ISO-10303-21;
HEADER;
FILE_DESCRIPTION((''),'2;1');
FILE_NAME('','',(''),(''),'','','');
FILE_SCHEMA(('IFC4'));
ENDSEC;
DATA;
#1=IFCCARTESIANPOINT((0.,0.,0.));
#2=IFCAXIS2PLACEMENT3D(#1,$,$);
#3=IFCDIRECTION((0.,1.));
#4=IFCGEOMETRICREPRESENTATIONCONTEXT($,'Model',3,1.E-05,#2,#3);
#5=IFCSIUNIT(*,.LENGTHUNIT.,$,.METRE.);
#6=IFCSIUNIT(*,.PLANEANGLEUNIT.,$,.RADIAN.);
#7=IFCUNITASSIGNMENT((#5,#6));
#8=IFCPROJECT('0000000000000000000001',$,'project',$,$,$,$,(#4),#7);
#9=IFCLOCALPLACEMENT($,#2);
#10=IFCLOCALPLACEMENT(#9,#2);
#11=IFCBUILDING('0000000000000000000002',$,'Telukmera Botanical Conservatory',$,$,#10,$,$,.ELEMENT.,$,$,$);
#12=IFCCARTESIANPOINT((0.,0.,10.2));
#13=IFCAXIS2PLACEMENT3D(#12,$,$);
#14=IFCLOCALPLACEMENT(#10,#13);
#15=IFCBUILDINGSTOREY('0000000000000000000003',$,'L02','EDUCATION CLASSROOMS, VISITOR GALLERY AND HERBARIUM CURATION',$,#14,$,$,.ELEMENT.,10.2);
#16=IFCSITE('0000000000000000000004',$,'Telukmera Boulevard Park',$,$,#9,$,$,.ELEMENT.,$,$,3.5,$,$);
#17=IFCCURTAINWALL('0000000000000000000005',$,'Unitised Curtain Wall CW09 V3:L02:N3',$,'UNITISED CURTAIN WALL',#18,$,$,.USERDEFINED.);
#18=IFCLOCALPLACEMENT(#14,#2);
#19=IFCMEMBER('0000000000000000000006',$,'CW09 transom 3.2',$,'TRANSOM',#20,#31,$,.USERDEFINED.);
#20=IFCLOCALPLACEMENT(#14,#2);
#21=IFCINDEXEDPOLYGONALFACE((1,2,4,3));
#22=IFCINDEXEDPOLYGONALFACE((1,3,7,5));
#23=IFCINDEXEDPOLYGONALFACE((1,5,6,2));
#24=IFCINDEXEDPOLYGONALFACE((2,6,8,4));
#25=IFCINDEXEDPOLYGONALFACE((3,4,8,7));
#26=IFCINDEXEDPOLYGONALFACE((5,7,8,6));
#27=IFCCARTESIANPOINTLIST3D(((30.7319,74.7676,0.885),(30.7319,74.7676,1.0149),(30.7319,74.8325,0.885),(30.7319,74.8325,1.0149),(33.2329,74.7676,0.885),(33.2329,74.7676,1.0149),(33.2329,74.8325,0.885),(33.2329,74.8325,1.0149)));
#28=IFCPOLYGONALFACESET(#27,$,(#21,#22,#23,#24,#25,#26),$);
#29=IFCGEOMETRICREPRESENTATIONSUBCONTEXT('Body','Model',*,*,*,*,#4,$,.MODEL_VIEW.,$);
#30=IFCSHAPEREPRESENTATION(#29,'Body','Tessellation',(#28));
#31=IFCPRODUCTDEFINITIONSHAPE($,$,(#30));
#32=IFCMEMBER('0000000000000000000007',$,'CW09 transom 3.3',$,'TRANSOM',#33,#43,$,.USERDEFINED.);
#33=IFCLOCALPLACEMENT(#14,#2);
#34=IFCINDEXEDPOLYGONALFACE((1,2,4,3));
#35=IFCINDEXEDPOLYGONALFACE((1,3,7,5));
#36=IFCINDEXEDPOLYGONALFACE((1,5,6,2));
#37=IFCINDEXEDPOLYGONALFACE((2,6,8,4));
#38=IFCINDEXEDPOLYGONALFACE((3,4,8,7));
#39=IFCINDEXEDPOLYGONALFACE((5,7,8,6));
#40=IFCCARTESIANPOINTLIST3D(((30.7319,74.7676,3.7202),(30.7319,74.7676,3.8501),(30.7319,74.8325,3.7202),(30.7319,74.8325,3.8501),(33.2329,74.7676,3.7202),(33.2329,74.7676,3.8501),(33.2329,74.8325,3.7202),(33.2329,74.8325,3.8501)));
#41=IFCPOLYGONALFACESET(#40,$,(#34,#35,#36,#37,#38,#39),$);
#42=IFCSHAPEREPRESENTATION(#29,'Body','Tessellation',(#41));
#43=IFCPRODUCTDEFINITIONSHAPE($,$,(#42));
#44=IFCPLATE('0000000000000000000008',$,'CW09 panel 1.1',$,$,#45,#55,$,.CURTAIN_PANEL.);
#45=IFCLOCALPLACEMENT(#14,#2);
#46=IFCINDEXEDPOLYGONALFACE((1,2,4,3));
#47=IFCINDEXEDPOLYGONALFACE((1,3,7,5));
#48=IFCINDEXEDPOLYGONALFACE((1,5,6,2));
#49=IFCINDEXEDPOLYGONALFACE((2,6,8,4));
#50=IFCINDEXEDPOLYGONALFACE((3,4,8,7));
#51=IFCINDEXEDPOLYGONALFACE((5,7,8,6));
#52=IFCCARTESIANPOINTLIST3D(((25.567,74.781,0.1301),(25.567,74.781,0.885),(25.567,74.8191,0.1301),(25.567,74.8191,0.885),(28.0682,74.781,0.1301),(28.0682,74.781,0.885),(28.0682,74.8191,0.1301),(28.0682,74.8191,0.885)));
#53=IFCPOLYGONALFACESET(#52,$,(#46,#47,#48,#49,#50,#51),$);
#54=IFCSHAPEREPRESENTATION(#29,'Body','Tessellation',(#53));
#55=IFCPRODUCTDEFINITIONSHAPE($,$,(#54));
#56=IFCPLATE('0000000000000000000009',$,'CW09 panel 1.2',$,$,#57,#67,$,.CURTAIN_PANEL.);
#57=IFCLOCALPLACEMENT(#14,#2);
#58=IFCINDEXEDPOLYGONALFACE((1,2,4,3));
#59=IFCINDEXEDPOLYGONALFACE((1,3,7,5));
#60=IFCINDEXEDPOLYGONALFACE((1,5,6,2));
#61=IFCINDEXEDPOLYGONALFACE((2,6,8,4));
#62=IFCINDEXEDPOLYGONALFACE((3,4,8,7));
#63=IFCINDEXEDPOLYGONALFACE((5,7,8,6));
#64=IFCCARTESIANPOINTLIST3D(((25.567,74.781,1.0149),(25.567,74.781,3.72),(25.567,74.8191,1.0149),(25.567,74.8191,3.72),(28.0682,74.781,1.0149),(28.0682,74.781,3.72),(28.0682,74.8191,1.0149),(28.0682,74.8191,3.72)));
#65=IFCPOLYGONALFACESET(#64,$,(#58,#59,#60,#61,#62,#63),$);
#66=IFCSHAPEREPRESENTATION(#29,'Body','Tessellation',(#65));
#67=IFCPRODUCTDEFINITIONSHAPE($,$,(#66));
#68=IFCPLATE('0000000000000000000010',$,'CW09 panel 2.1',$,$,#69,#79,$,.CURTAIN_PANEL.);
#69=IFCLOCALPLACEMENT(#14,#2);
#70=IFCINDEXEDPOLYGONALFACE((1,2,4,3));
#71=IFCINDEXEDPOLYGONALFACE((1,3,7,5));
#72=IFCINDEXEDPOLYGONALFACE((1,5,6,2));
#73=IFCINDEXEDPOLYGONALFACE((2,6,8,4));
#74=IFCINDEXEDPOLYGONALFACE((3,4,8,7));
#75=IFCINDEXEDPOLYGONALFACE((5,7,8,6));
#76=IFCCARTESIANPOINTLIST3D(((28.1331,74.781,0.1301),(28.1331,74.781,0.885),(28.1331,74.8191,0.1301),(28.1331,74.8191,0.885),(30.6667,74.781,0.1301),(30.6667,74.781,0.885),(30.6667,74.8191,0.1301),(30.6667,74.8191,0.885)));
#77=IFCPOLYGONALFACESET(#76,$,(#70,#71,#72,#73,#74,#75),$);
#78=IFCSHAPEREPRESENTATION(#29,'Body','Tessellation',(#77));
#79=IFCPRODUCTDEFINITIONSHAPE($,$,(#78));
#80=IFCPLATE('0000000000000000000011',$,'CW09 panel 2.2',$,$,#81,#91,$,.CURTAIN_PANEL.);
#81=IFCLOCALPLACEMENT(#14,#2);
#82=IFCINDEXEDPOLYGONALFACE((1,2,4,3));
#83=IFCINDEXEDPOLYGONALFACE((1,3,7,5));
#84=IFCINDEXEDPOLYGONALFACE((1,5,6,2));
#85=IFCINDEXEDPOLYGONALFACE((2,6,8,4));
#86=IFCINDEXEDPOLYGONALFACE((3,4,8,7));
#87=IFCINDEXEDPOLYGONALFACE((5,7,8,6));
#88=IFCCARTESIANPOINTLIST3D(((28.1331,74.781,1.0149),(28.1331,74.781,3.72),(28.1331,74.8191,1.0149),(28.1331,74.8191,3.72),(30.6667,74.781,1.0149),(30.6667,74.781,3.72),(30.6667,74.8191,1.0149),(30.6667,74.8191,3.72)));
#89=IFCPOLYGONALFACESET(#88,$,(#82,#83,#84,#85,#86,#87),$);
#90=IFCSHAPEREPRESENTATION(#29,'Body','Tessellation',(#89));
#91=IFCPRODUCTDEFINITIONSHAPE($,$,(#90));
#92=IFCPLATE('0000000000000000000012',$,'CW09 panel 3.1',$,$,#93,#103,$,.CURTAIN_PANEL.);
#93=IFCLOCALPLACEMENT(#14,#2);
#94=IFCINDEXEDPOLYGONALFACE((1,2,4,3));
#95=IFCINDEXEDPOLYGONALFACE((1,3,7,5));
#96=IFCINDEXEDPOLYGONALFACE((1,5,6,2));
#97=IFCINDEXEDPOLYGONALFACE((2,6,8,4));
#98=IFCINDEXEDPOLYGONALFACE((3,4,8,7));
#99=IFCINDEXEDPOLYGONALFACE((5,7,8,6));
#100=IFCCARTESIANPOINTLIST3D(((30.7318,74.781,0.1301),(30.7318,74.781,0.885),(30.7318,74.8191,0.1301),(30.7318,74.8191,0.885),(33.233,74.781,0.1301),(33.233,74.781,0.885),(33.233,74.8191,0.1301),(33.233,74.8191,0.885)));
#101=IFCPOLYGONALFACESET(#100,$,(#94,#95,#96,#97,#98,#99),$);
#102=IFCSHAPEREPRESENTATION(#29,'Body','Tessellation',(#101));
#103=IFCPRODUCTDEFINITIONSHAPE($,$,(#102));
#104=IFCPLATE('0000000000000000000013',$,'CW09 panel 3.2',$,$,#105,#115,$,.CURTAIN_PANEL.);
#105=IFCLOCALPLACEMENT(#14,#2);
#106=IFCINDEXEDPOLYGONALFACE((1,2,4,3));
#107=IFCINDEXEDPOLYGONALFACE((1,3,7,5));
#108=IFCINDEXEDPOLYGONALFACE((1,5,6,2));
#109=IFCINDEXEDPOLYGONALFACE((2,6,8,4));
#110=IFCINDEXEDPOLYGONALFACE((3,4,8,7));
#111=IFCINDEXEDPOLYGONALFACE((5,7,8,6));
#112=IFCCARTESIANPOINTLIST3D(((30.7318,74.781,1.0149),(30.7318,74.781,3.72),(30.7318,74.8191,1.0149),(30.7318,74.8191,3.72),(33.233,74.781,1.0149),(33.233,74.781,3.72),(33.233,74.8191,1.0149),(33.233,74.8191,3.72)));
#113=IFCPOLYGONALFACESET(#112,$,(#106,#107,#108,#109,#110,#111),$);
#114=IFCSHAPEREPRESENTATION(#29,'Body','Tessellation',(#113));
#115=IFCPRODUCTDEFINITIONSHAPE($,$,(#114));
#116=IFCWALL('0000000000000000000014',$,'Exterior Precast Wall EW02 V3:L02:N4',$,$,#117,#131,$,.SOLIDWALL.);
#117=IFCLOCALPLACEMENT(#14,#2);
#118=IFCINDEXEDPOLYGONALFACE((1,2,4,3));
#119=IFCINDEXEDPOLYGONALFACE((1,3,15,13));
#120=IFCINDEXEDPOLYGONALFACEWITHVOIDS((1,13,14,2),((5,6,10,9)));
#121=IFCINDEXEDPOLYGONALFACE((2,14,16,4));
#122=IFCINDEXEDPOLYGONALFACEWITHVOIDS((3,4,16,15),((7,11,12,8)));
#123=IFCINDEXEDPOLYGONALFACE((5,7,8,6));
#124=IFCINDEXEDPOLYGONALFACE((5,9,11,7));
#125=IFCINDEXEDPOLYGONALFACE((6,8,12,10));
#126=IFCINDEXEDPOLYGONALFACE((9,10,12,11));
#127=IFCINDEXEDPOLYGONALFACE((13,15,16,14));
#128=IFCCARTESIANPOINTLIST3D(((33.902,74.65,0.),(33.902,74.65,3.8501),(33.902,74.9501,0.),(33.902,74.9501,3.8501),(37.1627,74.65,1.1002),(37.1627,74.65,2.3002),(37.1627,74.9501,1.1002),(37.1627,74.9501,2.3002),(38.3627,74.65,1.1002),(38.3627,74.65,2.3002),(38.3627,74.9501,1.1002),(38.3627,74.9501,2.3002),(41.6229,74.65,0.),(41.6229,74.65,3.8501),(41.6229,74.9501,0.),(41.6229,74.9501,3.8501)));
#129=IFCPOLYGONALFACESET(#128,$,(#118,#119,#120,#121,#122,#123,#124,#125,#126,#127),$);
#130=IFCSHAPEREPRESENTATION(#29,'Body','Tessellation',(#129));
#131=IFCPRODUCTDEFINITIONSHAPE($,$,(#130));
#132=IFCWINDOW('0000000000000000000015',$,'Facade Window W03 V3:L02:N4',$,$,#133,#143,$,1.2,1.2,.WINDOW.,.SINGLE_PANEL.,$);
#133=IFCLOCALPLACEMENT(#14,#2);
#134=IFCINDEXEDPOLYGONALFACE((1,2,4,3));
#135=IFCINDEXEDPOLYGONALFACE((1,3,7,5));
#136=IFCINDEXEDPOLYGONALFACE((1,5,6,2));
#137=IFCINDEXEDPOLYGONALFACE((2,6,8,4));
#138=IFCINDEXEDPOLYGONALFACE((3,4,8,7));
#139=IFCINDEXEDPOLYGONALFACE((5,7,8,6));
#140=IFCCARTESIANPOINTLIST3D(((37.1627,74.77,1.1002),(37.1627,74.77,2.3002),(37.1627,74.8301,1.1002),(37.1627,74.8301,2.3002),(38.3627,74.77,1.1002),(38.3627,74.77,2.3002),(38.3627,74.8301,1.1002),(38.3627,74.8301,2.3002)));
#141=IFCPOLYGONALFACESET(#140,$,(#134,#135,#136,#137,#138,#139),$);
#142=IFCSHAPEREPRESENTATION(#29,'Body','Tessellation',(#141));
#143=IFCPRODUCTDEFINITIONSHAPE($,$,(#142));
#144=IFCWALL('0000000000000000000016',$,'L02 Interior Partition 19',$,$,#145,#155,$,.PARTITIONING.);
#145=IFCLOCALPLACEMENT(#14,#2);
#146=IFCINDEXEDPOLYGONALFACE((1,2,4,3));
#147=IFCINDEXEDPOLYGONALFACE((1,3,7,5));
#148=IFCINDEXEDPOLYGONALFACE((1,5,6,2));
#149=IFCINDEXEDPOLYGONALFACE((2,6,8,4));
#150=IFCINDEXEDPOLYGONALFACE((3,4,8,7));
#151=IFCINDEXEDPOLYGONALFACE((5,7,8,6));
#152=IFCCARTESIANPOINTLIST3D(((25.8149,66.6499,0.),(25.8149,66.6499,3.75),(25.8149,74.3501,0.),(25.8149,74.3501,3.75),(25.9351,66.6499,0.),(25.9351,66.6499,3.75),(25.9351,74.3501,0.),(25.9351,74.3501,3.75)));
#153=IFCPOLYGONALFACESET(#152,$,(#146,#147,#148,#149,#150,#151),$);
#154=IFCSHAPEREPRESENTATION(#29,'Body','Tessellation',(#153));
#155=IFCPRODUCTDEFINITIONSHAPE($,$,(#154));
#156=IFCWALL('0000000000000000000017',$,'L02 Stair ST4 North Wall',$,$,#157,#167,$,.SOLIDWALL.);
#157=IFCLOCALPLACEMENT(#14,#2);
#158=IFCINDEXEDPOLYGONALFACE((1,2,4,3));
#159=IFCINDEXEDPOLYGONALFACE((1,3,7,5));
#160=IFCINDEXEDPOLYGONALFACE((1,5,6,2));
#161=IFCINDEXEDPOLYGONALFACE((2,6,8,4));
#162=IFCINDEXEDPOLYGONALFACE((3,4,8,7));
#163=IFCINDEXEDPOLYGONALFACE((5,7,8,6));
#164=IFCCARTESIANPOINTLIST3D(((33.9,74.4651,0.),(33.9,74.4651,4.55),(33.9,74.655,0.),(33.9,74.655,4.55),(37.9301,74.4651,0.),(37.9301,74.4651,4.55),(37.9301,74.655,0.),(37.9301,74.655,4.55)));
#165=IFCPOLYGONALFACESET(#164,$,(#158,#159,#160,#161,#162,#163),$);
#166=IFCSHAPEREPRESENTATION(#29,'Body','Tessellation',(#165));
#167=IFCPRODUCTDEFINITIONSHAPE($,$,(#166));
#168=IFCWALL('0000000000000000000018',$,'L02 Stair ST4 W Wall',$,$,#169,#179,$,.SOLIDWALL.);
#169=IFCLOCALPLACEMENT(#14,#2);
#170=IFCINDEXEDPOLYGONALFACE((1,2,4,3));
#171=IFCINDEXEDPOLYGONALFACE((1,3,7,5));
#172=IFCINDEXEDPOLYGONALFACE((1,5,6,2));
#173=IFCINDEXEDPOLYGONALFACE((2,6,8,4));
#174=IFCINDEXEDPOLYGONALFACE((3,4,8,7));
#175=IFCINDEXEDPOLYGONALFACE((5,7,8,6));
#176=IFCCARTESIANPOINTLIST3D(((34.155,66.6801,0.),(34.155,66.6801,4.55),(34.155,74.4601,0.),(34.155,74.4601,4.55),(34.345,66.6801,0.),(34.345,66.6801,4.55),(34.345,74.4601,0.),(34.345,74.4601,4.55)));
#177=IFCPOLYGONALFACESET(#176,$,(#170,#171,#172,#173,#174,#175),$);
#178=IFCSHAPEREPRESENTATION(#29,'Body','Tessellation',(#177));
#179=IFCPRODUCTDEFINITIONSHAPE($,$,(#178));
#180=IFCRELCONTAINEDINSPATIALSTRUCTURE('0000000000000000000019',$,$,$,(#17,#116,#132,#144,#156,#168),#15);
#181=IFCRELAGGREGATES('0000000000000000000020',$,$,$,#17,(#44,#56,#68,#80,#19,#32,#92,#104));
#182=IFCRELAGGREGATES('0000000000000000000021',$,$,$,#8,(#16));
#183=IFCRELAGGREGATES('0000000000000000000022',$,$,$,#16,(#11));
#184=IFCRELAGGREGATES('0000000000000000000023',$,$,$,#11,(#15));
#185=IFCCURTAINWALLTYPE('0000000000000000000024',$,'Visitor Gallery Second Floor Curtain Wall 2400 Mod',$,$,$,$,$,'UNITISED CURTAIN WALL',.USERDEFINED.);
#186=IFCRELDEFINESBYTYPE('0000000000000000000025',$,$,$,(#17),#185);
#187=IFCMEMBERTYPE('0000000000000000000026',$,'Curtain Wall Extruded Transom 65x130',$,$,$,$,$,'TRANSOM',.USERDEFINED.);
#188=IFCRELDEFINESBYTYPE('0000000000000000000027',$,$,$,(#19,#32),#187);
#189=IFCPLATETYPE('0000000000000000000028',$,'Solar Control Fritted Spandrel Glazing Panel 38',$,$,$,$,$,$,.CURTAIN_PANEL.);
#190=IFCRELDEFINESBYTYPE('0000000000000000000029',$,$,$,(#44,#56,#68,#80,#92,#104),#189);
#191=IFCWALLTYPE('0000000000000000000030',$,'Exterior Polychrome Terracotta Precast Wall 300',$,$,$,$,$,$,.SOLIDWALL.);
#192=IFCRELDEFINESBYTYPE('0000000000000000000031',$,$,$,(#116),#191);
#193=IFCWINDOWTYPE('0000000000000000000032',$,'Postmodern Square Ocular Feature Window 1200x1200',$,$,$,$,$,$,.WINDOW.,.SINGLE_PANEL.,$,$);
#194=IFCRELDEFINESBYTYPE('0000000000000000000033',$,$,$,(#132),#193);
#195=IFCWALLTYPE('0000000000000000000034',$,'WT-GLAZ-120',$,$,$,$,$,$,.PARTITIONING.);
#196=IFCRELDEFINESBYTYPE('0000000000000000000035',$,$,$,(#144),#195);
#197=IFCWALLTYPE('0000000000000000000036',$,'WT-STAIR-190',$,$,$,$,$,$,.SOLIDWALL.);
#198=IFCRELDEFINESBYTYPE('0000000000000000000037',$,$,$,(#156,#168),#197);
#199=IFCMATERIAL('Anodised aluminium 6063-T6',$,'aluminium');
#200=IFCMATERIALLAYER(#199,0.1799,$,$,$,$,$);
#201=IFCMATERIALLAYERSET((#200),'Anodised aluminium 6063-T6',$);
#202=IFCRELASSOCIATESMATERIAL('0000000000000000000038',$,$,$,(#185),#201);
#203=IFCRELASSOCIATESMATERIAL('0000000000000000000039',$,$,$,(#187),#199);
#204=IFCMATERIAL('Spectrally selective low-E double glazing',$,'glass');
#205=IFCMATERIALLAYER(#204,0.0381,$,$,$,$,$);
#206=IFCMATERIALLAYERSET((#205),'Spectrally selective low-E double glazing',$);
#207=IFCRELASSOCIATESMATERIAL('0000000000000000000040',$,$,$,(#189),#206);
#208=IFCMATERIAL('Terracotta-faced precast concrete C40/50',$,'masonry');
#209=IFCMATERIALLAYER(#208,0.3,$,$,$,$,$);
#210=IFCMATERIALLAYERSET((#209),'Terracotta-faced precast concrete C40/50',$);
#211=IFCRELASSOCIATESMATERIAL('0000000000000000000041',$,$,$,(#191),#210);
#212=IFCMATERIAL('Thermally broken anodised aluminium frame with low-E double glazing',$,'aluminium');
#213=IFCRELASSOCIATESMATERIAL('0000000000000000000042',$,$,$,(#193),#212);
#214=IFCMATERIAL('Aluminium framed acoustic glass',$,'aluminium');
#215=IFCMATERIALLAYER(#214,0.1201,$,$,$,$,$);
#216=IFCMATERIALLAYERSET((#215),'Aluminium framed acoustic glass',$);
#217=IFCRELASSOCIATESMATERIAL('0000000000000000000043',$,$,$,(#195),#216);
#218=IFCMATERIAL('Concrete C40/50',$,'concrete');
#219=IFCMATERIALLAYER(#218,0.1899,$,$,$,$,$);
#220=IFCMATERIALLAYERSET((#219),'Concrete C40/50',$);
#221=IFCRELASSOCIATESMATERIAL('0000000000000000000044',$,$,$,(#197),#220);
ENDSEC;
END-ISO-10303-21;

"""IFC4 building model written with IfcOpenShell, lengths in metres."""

from ifc_helpers import new_model, si_unit, direction, frame, frame_2d, origin, origin_2d, place, context, subcontext, project, spatial, rectangle, extrude, material, layer, layer_set, material_profile, profile_set, type_object, element, fill, aggregate, save


model = new_model("IFC4")

# Units and contexts
model_context = context("Model", 3, precision=1e-05, world=origin(), true_north=direction((0.0, 1.0)))
body_context = subcontext(model_context, "Body", "Model", "MODEL_VIEW")
ifc_project = project(units=[si_unit("LENGTHUNIT", "METRE"), si_unit("PLANEANGLEUNIT", "RADIAN")], contexts=[model_context])

# Site, building, storey
site_placement = place(None, origin())
site = spatial("IfcSite", under=ifc_project, at=site_placement, Name="Telukmera Boulevard Park", CompositionType="ELEMENT", RefElevation=3.5)
building_placement = place(site_placement, origin())
building = spatial("IfcBuilding", under=site, at=building_placement, Name="Telukmera Botanical Conservatory", CompositionType="ELEMENT")
storey_placement = place(building_placement, frame((0.0, 0.0, 10.2)))
storey = spatial("IfcBuildingStorey", under=building, at=storey_placement, Name="L02", Description="EDUCATION CLASSROOMS, VISITOR GALLERY AND HERBARIUM CURATION", CompositionType="ELEMENT", Elevation=10.2)

# Shared definitions
ifc_material_1 = material(Name="Concrete C40/50", Category="concrete")

# Curtain wall, members, plates
ifc_material_2 = material(Name="Anodised aluminium 6063-T6", Category="aluminium")
ifc_layer_1 = layer(ifc_material_2, 0.1799)
ifc_layer_set_1 = layer_set([ifc_layer_1], Name="Anodised aluminium 6063-T6")
curtain_wall_type = type_object("IfcCurtainWallType", Name="Visitor Gallery Second Floor Curtain Wall 2400 Mod", ElementType="UNITISED CURTAIN WALL", PredefinedType="USERDEFINED", material=ifc_layer_set_1)
curtain_wall_placement = place(storey_placement, origin())
curtain_wall = element("IfcCurtainWall", 1, at=curtain_wall_placement, inside=storey, type_object=curtain_wall_type, Name="Unitised Curtain Wall CW09 V3:L02:N3", ObjectType="UNITISED CURTAIN WALL", PredefinedType="USERDEFINED")
ifc_material_profile_1 = material_profile(ifc_material_2, rectangle(XDim=0.0649, YDim=0.1299, at=origin_2d()), Name="ALU TRAN 65x130")
ifc_profile_set_1 = profile_set([ifc_material_profile_1], Name="Anodised aluminium 6063-T6")
member_type_1 = type_object("IfcMemberType", Name="Curtain Wall Extruded Transom 65x130", ElementType="TRANSOM", PredefinedType="USERDEFINED", material=ifc_profile_set_1)
member_1_placement = place(storey_placement, frame((30.7319, 74.8, 0.95), z_axis=(1.0, 0.0, 0.0), x_axis=(0.0, 1.0, 0.0)))
member_1 = element("IfcMember", 2, at=member_1_placement, type_object=member_type_1, Name="CW09 transom 3.2", ObjectType="TRANSOM", PredefinedType="USERDEFINED", context=body_context, shape_type="SweptSolid", body=[
    extrude(rectangle(XDim=0.0649, YDim=0.1299, at=origin_2d()), origin(), (0.0, 0.0, 1.0), 2.501),
])
member_2_placement = place(storey_placement, frame((30.7319, 74.8, 3.7852), z_axis=(1.0, 0.0, 0.0), x_axis=(0.0, 1.0, 0.0)))
member_2 = element("IfcMember", 3, at=member_2_placement, type_object=member_type_1, Name="CW09 transom 3.3", ObjectType="TRANSOM", PredefinedType="USERDEFINED", context=body_context, shape_type="SweptSolid", body=[
    extrude(rectangle(XDim=0.0649, YDim=0.1299, at=origin_2d()), origin(), (0.0, 0.0, 1.0), 2.501),
])
ifc_material_3 = material(Name="Spectrally selective low-E double glazing", Category="glass")
ifc_layer_2 = layer(ifc_material_3, 0.0381)
ifc_layer_set_2 = layer_set([ifc_layer_2], Name="Spectrally selective low-E double glazing")
plate_type = type_object("IfcPlateType", Name="Solar Control Fritted Spandrel Glazing Panel 38", PredefinedType="CURTAIN_PANEL", material=ifc_layer_set_2)
plate_1_placement = place(storey_placement, frame((26.8176, 74.8, 0.1301), z_axis=(0.0, 0.0, 1.0), x_axis=(1.0, 0.0, 0.0)))
plate_1 = element("IfcPlate", 4, at=plate_1_placement, type_object=plate_type, Name="CW09 panel 1.1", PredefinedType="CURTAIN_PANEL", context=body_context, shape_type="SweptSolid", body=[
    extrude(rectangle(XDim=2.5012, YDim=0.0381, at=origin_2d()), origin(), (0.0, 0.0, 1.0), 0.7549),
])
plate_2_placement = place(storey_placement, frame((26.8176, 74.8, 1.0149), z_axis=(0.0, 0.0, 1.0), x_axis=(1.0, 0.0, 0.0)))
plate_2 = element("IfcPlate", 5, at=plate_2_placement, type_object=plate_type, Name="CW09 panel 1.2", PredefinedType="CURTAIN_PANEL", context=body_context, shape_type="SweptSolid", body=[
    extrude(rectangle(XDim=2.5012, YDim=0.0381, at=origin_2d()), origin(), (0.0, 0.0, 1.0), 2.7051),
])
plate_3_placement = place(storey_placement, frame((29.3999, 74.8, 0.1301), z_axis=(0.0, 0.0, 1.0), x_axis=(1.0, 0.0, 0.0)))
plate_3 = element("IfcPlate", 6, at=plate_3_placement, type_object=plate_type, Name="CW09 panel 2.1", PredefinedType="CURTAIN_PANEL", context=body_context, shape_type="SweptSolid", body=[
    extrude(rectangle(XDim=2.5337, YDim=0.0381, at=origin_2d()), origin(), (0.0, 0.0, 1.0), 0.7549),
])
plate_4_placement = place(storey_placement, frame((29.3999, 74.8, 1.0149), z_axis=(0.0, 0.0, 1.0), x_axis=(1.0, 0.0, 0.0)))
plate_4 = element("IfcPlate", 7, at=plate_4_placement, type_object=plate_type, Name="CW09 panel 2.2", PredefinedType="CURTAIN_PANEL", context=body_context, shape_type="SweptSolid", body=[
    extrude(rectangle(XDim=2.5337, YDim=0.0381, at=origin_2d()), origin(), (0.0, 0.0, 1.0), 2.7051),
])
plate_5_placement = place(storey_placement, frame((31.9824, 74.8, 0.1301), z_axis=(0.0, 0.0, 1.0), x_axis=(1.0, 0.0, 0.0)))
plate_5 = element("IfcPlate", 8, at=plate_5_placement, type_object=plate_type, Name="CW09 panel 3.1", PredefinedType="CURTAIN_PANEL", context=body_context, shape_type="SweptSolid", body=[
    extrude(rectangle(XDim=2.5012, YDim=0.0381, at=origin_2d()), origin(), (0.0, 0.0, 1.0), 0.7549),
])
plate_6_placement = place(storey_placement, frame((31.9824, 74.8, 1.0149), z_axis=(0.0, 0.0, 1.0), x_axis=(1.0, 0.0, 0.0)))
plate_6 = element("IfcPlate", 9, at=plate_6_placement, type_object=plate_type, Name="CW09 panel 3.2", PredefinedType="CURTAIN_PANEL", context=body_context, shape_type="SweptSolid", body=[
    extrude(rectangle(XDim=2.5012, YDim=0.0381, at=origin_2d()), origin(), (0.0, 0.0, 1.0), 2.7051),
])
aggregate(curtain_wall, [plate_1, plate_2, plate_3, plate_4, member_1, member_2, plate_5, plate_6])

# Wall, opening, window
ifc_material_4 = material(Name="Terracotta-faced precast concrete C40/50", Category="masonry")
ifc_layer_3 = layer(ifc_material_4, 0.3)
ifc_layer_set_3 = layer_set([ifc_layer_3], Name="Terracotta-faced precast concrete C40/50")
wall_type_1 = type_object("IfcWallType", Name="Exterior Polychrome Terracotta Precast Wall 300", PredefinedType="SOLIDWALL", material=ifc_layer_set_3)
wall_1_placement = place(storey_placement, frame((33.9021, 74.8, 0.0), z_axis=(0.0, 0.0, 1.0), x_axis=(1.0, 0.0, 0.0)))
wall_1 = element("IfcWall", 10, at=wall_1_placement, inside=storey, type_object=wall_type_1, Name="Exterior Precast Wall EW02 V3:L02:N4", PredefinedType="SOLIDWALL", context=body_context, shape_type="SweptSolid", body=[
    extrude(rectangle(XDim=7.7209, YDim=0.3, at=frame_2d((3.8604, 0.0))), origin(), (0.0, 0.0, 1.0), 3.8501),
])
opening_1_placement = place(wall_1_placement, frame((3.2605, 0.0, 1.1001)))
opening_1 = element("IfcOpeningElement", 11, at=opening_1_placement, cuts=wall_1, PredefinedType="OPENING", context=body_context, shape_type="SweptSolid", body=[
    extrude(rectangle(XDim=1.2, YDim=1.2, at=frame_2d((0.6001, 0.6001))), frame((0.0, 0.1599, 0.0), z_axis=(0.0, -1.0, 0.0), x_axis=(1.0, 0.0, 0.0)), (0.0, 0.0, 1.0), 0.3201),
])
ifc_material_5 = material(Name="Thermally broken anodised aluminium frame with low-E double glazing", Category="aluminium")
window_type = type_object("IfcWindowType", Name="Postmodern Square Ocular Feature Window 1200x1200", PartitioningType="SINGLE_PANEL", PredefinedType="WINDOW", material=ifc_material_5)
window_placement = place(opening_1_placement, origin())
window = element("IfcWindow", 12, at=window_placement, inside=storey, type_object=window_type, Name="Facade Window W03 V3:L02:N4", OverallHeight=1.2, OverallWidth=1.2, PartitioningType="SINGLE_PANEL", PredefinedType="WINDOW", context=body_context, shape_type="SweptSolid", body=[
    extrude(rectangle(XDim=1.2, YDim=1.2, at=frame_2d((0.6001, 0.6001))), frame((0.0, 0.03, 0.0), z_axis=(0.0, -1.0, 0.0), x_axis=(1.0, 0.0, 0.0)), (0.0, 0.0, 1.0), 0.0601),
])
fill(opening_1, window)

# Wall
ifc_material_6 = material(Name="Aluminium framed acoustic glass", Category="aluminium")
ifc_layer_4 = layer(ifc_material_6, 0.1201)
ifc_layer_set_4 = layer_set([ifc_layer_4], Name="Aluminium framed acoustic glass")
wall_type_2 = type_object("IfcWallType", Name="WT-GLAZ-120", PredefinedType="PARTITIONING", material=ifc_layer_set_4)
wall_2_placement = place(storey_placement, frame((25.875, 66.6499, 0.0), z_axis=(0.0, 0.0, 1.0), x_axis=(0.0, 1.0, 0.0)))
element("IfcWall", 13, at=wall_2_placement, inside=storey, type_object=wall_type_2, Name="L02 Interior Partition 19", PredefinedType="PARTITIONING", context=body_context, shape_type="SweptSolid", body=[
    extrude(rectangle(XDim=7.7002, YDim=0.1201, at=frame_2d((3.8501, 0.0))), origin(), (0.0, 0.0, 1.0), 3.75),
])

# Shared definitions
ifc_layer_5 = layer(ifc_material_1, 0.1899)
ifc_layer_set_5 = layer_set([ifc_layer_5], Name="Concrete C40/50")
wall_type_3 = type_object("IfcWallType", Name="WT-STAIR-190", PredefinedType="SOLIDWALL", material=ifc_layer_set_5)

# Walls
wall_3_placement = place(storey_placement, frame((33.8999, 74.5601, 0.0), z_axis=(0.0, 0.0, 1.0), x_axis=(1.0, 0.0, 0.0)))
element("IfcWall", 14, at=wall_3_placement, inside=storey, type_object=wall_type_3, Name="L02 Stair ST4 North Wall", PredefinedType="SOLIDWALL", context=body_context, shape_type="SweptSolid", body=[
    extrude(rectangle(XDim=4.03, YDim=0.1899, at=frame_2d((2.0151, 0.0))), origin(), (0.0, 0.0, 1.0), 4.55),
])
wall_4_placement = place(storey_placement, frame((34.25, 66.6799, 0.0), z_axis=(0.0, 0.0, 1.0), x_axis=(0.0, 1.0, 0.0)))
element("IfcWall", 15, at=wall_4_placement, inside=storey, type_object=wall_type_3, Name="L02 Stair ST4 W Wall", PredefinedType="SOLIDWALL", context=body_context, shape_type="SweptSolid", body=[
    extrude(rectangle(XDim=7.78, YDim=0.1899, at=frame_2d((3.8901, 0.0))), origin(), (0.0, 0.0, 1.0), 4.55),
])

save(model, "model.ifc")
